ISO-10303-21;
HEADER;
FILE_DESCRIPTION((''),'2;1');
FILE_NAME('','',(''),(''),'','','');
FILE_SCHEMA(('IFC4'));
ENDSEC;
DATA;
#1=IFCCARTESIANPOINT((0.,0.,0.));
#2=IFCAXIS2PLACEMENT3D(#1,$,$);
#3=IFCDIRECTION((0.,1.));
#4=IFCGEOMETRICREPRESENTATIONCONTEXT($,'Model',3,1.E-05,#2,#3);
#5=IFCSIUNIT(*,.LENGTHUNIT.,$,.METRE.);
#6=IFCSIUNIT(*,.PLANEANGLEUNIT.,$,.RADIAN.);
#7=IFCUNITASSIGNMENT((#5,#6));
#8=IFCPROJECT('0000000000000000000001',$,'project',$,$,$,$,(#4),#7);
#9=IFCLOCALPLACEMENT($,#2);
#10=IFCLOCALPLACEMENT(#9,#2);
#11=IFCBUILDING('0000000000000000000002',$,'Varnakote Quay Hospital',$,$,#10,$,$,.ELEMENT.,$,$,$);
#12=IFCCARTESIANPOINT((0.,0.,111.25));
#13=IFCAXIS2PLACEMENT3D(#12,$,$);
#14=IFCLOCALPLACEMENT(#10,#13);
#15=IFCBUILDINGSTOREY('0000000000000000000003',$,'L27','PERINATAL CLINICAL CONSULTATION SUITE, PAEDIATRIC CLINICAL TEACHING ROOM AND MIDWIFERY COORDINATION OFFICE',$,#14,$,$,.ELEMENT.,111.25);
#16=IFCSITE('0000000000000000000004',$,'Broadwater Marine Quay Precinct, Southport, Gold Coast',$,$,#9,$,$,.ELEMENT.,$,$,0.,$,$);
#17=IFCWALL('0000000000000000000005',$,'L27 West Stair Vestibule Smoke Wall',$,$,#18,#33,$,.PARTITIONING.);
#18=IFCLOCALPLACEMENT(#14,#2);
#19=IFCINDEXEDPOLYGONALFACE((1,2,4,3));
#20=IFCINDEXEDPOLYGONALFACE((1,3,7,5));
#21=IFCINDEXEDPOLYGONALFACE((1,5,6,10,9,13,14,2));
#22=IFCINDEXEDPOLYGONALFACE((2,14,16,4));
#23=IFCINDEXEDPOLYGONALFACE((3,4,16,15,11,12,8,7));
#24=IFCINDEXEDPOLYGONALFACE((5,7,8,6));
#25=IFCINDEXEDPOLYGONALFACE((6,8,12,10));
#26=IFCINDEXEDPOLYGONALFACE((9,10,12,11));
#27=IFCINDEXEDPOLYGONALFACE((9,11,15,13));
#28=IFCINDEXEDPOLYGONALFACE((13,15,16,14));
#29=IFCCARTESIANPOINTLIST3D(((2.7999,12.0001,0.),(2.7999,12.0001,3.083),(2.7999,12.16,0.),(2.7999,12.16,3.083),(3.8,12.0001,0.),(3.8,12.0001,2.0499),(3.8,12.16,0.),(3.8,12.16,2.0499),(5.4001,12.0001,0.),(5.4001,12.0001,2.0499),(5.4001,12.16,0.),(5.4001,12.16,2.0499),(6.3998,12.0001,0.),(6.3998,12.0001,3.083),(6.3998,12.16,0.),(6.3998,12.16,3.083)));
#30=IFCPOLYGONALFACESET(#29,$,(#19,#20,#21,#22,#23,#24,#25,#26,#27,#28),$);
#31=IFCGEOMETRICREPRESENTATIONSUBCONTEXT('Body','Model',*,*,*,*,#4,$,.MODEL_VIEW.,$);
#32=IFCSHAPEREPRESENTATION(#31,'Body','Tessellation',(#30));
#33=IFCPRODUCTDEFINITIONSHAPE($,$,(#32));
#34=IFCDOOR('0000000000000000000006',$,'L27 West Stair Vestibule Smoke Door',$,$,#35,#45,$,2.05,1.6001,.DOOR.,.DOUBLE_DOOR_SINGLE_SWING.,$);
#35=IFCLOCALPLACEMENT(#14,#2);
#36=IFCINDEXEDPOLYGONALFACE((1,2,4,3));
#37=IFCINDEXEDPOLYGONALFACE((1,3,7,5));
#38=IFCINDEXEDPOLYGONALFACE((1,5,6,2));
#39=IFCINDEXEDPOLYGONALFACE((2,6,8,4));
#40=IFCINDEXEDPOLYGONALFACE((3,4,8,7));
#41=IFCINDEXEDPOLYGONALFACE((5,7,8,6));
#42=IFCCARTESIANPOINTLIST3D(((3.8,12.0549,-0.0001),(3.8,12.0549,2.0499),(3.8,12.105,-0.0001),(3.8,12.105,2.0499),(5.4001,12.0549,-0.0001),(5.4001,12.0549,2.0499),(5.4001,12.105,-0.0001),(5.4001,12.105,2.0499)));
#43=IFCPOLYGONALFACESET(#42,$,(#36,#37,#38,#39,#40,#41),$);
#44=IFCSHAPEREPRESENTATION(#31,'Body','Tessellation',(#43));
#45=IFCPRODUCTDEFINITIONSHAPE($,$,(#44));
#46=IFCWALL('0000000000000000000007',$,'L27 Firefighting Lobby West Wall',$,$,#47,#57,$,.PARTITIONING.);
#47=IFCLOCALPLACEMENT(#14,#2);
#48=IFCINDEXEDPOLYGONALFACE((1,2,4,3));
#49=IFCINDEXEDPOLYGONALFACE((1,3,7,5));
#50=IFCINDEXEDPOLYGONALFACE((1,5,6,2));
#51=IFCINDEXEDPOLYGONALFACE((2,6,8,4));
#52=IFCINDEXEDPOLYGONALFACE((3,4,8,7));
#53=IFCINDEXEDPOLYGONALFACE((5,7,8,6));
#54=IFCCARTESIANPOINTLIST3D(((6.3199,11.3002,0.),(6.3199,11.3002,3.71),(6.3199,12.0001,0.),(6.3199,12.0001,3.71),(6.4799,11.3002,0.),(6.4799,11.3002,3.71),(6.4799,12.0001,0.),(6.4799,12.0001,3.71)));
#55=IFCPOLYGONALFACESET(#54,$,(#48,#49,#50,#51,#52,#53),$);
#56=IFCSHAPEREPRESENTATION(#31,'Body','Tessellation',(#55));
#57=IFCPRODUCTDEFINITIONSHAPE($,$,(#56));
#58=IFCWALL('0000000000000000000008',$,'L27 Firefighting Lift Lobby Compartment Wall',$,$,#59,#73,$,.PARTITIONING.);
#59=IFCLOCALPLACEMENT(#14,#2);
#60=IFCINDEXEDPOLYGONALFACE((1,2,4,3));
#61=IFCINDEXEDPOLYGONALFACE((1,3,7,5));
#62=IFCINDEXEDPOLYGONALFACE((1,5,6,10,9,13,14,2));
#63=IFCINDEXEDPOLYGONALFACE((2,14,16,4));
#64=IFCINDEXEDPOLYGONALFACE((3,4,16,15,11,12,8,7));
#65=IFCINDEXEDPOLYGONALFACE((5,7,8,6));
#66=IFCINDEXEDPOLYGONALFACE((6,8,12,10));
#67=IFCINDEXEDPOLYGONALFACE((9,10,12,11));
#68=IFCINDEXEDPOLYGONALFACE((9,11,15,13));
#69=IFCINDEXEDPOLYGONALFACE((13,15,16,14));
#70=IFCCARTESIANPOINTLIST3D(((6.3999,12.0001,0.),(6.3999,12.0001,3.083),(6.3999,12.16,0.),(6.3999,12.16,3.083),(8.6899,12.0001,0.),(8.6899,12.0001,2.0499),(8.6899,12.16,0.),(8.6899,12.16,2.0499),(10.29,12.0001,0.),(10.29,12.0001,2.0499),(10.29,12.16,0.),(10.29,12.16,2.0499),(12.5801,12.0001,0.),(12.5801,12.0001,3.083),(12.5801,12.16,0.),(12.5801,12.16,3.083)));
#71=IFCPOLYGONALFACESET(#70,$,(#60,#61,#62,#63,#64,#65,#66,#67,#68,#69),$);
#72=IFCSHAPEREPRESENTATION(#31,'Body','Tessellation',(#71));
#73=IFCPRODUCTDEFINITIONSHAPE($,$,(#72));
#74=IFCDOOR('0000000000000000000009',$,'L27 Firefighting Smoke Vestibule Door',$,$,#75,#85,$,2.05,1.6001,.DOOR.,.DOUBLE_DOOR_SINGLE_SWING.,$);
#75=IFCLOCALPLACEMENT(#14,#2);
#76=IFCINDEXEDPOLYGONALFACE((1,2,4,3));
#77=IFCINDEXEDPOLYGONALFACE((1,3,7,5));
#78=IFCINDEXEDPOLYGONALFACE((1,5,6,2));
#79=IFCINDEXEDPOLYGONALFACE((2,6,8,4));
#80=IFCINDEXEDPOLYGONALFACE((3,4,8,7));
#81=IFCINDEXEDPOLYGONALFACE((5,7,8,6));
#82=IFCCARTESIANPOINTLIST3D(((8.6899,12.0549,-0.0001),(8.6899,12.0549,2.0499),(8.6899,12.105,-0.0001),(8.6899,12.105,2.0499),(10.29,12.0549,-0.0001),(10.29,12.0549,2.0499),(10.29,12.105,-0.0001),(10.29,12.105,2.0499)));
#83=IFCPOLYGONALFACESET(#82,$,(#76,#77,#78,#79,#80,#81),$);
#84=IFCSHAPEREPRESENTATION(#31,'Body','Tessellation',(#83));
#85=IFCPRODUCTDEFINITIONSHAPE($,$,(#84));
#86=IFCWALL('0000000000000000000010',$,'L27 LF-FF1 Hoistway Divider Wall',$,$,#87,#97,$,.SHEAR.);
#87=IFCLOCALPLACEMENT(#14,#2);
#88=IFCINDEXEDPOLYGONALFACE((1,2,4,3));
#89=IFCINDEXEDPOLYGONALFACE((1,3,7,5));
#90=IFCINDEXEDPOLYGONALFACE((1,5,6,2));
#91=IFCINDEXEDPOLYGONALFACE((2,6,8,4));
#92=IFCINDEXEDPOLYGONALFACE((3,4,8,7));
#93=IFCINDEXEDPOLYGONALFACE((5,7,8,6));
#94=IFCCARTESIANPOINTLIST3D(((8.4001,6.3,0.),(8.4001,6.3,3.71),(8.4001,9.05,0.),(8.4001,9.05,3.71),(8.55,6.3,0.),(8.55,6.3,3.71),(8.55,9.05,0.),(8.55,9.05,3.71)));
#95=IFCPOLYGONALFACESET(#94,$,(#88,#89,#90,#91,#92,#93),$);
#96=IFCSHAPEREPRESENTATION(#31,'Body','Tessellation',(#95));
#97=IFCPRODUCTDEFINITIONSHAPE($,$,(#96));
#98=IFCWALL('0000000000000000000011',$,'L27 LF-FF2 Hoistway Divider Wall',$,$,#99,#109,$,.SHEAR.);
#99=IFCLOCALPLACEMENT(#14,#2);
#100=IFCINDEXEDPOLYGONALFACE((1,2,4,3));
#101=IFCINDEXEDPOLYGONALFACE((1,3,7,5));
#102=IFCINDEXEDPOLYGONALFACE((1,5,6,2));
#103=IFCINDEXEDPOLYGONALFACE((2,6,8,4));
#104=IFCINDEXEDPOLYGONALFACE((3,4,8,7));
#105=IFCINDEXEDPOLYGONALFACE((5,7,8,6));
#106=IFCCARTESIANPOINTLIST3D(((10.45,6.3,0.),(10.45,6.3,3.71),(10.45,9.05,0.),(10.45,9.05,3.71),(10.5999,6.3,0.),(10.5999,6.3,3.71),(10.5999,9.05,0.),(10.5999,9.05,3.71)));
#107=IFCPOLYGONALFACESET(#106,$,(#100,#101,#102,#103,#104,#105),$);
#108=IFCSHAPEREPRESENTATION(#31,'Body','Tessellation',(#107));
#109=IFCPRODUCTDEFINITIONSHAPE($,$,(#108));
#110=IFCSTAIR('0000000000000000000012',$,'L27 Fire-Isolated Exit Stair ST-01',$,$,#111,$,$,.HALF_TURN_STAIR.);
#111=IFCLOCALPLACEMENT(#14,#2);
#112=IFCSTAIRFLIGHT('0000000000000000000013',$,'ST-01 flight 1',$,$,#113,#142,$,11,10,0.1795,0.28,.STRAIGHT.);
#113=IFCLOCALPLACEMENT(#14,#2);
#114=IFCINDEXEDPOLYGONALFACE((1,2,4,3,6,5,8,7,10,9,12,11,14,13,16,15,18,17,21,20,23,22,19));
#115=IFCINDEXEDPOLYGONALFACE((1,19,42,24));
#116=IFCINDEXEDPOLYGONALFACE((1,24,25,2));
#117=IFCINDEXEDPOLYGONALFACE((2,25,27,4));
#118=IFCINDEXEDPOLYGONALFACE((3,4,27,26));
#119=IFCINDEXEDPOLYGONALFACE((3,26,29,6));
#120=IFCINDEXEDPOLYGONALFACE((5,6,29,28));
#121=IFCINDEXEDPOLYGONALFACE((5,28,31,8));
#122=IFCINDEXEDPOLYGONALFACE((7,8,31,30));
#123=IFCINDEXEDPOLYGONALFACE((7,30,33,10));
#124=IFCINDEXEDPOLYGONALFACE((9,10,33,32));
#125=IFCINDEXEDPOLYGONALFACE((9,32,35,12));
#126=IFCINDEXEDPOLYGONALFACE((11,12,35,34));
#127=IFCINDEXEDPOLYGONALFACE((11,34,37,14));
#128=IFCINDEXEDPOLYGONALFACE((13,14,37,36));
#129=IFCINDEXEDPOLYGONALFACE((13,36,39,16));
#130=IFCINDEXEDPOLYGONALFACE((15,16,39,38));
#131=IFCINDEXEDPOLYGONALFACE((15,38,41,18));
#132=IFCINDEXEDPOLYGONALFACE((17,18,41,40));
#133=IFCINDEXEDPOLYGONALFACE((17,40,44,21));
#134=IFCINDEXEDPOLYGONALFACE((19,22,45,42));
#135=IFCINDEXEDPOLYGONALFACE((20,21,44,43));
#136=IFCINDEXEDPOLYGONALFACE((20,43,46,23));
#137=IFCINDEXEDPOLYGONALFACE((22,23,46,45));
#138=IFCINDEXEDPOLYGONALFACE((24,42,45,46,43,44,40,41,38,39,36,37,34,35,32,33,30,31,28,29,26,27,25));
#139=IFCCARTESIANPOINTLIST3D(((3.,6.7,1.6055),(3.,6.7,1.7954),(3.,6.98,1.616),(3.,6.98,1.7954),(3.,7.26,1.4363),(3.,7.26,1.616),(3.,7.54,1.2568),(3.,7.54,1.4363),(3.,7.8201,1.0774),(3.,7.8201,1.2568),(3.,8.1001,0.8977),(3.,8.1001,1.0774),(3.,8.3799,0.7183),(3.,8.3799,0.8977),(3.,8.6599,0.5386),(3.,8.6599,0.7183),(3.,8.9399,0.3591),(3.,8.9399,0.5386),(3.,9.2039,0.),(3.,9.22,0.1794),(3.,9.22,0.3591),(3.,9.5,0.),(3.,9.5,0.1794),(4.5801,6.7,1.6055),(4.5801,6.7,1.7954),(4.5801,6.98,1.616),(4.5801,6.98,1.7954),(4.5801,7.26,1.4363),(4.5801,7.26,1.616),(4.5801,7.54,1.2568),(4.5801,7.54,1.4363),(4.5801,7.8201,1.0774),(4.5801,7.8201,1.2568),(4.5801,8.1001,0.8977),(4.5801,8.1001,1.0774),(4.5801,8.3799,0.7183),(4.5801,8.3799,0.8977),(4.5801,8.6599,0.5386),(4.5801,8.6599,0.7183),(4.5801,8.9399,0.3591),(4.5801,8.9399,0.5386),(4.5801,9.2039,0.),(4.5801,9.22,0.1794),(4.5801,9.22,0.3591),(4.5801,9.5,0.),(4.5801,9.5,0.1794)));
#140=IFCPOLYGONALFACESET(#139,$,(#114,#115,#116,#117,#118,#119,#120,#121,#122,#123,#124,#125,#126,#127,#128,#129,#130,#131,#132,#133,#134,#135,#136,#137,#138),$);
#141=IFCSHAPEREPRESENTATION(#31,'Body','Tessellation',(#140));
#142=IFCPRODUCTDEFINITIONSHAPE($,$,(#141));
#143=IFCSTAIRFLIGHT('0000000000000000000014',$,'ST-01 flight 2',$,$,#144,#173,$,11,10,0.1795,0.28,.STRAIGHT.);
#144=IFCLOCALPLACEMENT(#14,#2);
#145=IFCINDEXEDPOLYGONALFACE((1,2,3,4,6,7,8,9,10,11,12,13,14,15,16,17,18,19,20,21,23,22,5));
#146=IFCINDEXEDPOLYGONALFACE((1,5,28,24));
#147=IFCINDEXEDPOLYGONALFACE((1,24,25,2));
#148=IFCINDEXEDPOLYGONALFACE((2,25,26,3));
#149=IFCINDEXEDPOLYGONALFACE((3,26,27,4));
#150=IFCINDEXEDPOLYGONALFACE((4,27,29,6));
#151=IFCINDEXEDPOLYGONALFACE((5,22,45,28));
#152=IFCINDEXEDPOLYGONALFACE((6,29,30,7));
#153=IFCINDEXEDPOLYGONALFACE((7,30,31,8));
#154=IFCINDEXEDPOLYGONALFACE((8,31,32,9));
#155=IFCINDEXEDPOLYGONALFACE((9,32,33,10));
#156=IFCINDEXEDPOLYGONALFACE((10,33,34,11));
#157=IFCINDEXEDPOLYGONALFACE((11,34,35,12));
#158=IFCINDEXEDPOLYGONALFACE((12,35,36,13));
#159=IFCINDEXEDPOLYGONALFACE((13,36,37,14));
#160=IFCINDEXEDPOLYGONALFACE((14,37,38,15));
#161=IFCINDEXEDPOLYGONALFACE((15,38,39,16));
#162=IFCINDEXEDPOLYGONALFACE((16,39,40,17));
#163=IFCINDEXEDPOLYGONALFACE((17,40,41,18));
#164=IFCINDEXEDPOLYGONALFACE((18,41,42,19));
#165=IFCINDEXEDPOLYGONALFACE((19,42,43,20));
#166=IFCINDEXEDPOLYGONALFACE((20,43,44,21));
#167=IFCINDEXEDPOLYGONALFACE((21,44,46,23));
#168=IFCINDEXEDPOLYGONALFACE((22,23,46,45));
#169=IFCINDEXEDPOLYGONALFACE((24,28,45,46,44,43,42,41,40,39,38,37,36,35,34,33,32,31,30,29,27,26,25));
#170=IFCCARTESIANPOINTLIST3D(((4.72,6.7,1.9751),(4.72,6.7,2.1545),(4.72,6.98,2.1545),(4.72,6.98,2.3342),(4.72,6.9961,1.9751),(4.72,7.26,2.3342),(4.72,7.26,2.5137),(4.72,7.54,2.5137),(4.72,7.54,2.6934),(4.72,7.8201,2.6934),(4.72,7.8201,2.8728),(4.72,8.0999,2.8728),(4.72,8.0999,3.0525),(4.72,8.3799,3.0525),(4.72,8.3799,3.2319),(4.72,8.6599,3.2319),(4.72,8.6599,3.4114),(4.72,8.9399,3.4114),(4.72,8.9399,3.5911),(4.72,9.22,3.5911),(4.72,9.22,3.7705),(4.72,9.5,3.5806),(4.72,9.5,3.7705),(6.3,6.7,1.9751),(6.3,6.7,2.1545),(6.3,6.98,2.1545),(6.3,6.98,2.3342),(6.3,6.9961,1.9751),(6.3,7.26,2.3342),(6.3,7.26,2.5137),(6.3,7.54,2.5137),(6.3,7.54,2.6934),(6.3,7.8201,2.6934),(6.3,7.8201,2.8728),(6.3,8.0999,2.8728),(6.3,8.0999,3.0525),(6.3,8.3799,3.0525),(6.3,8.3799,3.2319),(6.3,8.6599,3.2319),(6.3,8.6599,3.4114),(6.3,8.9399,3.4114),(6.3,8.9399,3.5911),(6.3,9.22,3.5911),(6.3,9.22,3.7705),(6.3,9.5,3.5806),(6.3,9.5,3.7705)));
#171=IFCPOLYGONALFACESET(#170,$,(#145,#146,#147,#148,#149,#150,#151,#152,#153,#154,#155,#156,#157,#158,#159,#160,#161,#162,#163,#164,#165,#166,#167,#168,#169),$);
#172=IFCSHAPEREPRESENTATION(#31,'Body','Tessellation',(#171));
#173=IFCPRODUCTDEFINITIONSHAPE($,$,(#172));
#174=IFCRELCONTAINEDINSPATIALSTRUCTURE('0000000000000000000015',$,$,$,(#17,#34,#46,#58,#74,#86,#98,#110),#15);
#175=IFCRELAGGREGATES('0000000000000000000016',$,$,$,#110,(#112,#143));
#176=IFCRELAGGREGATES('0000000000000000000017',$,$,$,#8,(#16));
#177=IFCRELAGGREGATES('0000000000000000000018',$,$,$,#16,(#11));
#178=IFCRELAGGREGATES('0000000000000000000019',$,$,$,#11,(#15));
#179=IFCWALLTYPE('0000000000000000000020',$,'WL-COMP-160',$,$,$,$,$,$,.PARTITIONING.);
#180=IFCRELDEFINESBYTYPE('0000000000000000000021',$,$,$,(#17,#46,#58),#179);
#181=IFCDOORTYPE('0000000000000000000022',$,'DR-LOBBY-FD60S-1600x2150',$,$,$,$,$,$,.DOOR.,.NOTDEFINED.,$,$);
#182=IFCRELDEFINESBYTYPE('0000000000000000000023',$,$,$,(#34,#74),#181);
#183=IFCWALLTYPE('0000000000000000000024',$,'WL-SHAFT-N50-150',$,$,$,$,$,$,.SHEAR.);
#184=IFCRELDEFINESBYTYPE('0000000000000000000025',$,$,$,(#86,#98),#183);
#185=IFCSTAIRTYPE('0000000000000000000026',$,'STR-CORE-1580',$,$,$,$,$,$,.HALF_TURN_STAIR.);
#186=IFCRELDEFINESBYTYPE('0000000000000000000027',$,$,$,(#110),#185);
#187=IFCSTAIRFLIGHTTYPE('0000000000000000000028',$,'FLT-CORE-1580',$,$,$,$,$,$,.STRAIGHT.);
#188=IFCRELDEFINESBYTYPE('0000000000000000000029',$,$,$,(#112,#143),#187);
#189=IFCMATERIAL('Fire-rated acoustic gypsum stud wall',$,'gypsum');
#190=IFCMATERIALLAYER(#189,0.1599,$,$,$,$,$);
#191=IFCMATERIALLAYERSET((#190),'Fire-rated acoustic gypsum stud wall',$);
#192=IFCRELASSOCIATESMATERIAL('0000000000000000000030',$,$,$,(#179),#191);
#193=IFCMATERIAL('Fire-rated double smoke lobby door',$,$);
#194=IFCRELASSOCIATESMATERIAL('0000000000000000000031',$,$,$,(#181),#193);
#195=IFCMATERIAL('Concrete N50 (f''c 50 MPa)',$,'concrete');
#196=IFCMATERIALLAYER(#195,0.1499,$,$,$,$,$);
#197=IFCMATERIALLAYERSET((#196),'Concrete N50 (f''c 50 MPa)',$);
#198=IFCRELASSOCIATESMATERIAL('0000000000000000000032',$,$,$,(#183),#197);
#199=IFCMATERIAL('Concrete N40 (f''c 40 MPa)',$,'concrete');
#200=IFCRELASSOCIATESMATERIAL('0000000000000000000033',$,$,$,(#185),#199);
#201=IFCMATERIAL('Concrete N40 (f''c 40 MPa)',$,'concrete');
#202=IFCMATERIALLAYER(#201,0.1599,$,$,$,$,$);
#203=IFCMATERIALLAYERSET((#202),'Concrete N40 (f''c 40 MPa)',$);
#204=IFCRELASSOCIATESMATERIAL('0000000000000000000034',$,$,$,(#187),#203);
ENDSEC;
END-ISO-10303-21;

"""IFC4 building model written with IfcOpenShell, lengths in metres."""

from ifc_helpers import new_model, si_unit, direction, frame, frame_2d, origin, place, context, subcontext, project, spatial, polyline, rectangle, outline, extrude, material, layer, layer_set, type_object, element, fill, aggregate, save


model = new_model("IFC4")

# Units and contexts
model_context = context("Model", 3, precision=1e-05, world=origin(), true_north=direction((0.0, 1.0)))
body_context = subcontext(model_context, "Body", "Model", "MODEL_VIEW")
ifc_project = project(units=[si_unit("LENGTHUNIT", "METRE"), si_unit("PLANEANGLEUNIT", "RADIAN")], contexts=[model_context])

# Site, building, storey
site_placement = place(None, origin())
site = spatial("IfcSite", under=ifc_project, at=site_placement, Name="Broadwater Marine Quay Precinct, Southport, Gold Coast", CompositionType="ELEMENT", RefElevation=0.0)
building_placement = place(site_placement, origin())
building = spatial("IfcBuilding", under=site, at=building_placement, Name="Varnakote Quay Hospital", CompositionType="ELEMENT")
storey_placement = place(building_placement, frame((0.0, 0.0, 111.25)))
storey = spatial("IfcBuildingStorey", under=building, at=storey_placement, Name="L27", Description="PERINATAL CLINICAL CONSULTATION SUITE, PAEDIATRIC CLINICAL TEACHING ROOM AND MIDWIFERY COORDINATION OFFICE", CompositionType="ELEMENT", Elevation=111.25)

# Shared definitions
ifc_material_1 = material(Name="Fire-rated acoustic gypsum stud wall", Category="gypsum")
ifc_layer_1 = layer(ifc_material_1, 0.1599)
ifc_layer_set_1 = layer_set([ifc_layer_1], Name="Fire-rated acoustic gypsum stud wall")
wall_type_1 = type_object("IfcWallType", Name="WL-COMP-160", PredefinedType="PARTITIONING", material=ifc_layer_set_1)

# Wall, opening, door
wall_1_placement = place(storey_placement, frame((2.8, 12.0801, 0.0), z_axis=(0.0, 0.0, 1.0), x_axis=(1.0, 0.0, 0.0)))
wall_1 = element("IfcWall", 1, at=wall_1_placement, inside=storey, type_object=wall_type_1, Name="L27 West Stair Vestibule Smoke Wall", PredefinedType="PARTITIONING", context=body_context, shape_type="SweptSolid", body=[
    extrude(rectangle(XDim=3.5999, YDim=0.1599, at=frame_2d((1.7998, 0.0))), origin(), (0.0, 0.0, 1.0), 3.083),
])
opening_1_placement = place(wall_1_placement, frame((1.0, 0.0, 0.0)))
opening_1 = element("IfcOpeningElement", 2, at=opening_1_placement, cuts=wall_1, PredefinedType="OPENING", context=body_context, shape_type="SweptSolid", body=[
    extrude(rectangle(XDim=1.6001, YDim=2.05, at=frame_2d((0.8, 1.0249))), frame((0.0, 0.0898, 0.0), z_axis=(0.0, -1.0, 0.0), x_axis=(1.0, 0.0, 0.0)), (0.0, 0.0, 1.0), 0.1799),
])
ifc_material_2 = material(Name="Fire-rated double smoke lobby door")
door_type_1 = type_object("IfcDoorType", Name="DR-LOBBY-FD60S-1600x2150", OperationType="NOTDEFINED", PredefinedType="DOOR", material=ifc_material_2)
door_1_placement = place(opening_1_placement, origin())
door_1 = element("IfcDoor", 3, at=door_1_placement, inside=storey, type_object=door_type_1, Name="L27 West Stair Vestibule Smoke Door", OperationType="DOUBLE_DOOR_SINGLE_SWING", OverallHeight=2.05, OverallWidth=1.6001, PredefinedType="DOOR", context=body_context, shape_type="SweptSolid", body=[
    extrude(rectangle(XDim=1.6001, YDim=2.05, at=frame_2d((0.8, 1.0249))), frame((0.0, 0.0249, 0.0), z_axis=(0.0, -1.0, 0.0), x_axis=(1.0, 0.0, 0.0)), (0.0, 0.0, 1.0), 0.05),
])
fill(opening_1, door_1)

# Wall
wall_2_placement = place(storey_placement, frame((6.3999, 11.3, 0.0), z_axis=(0.0, 0.0, 1.0), x_axis=(0.0, 1.0, 0.0)))
element("IfcWall", 4, at=wall_2_placement, inside=storey, type_object=wall_type_1, Name="L27 Firefighting Lobby West Wall", PredefinedType="PARTITIONING", context=body_context, shape_type="SweptSolid", body=[
    extrude(rectangle(XDim=0.7, YDim=0.1599, at=frame_2d((0.3501, 0.0))), origin(), (0.0, 0.0, 1.0), 3.71),
])

# Wall, opening, door
wall_3_placement = place(storey_placement, frame((6.3999, 12.0801, 0.0), z_axis=(0.0, 0.0, 1.0), x_axis=(1.0, 0.0, 0.0)))
wall_3 = element("IfcWall", 5, at=wall_3_placement, inside=storey, type_object=wall_type_1, Name="L27 Firefighting Lift Lobby Compartment Wall", PredefinedType="PARTITIONING", context=body_context, shape_type="SweptSolid", body=[
    extrude(rectangle(XDim=6.1802, YDim=0.1599, at=frame_2d((3.0901, 0.0))), origin(), (0.0, 0.0, 1.0), 3.083),
])
opening_2_placement = place(wall_3_placement, frame((2.29, 0.0, 0.0)))
opening_2 = element("IfcOpeningElement", 6, at=opening_2_placement, cuts=wall_3, PredefinedType="OPENING", context=body_context, shape_type="SweptSolid", body=[
    extrude(rectangle(XDim=1.6001, YDim=2.05, at=frame_2d((0.8, 1.0249))), frame((0.0, 0.0898, 0.0), z_axis=(0.0, -1.0, 0.0), x_axis=(1.0, 0.0, 0.0)), (0.0, 0.0, 1.0), 0.1799),
])
door_2_placement = place(opening_2_placement, origin())
door_2 = element("IfcDoor", 7, at=door_2_placement, inside=storey, type_object=door_type_1, Name="L27 Firefighting Smoke Vestibule Door", OperationType="DOUBLE_DOOR_SINGLE_SWING", OverallHeight=2.05, OverallWidth=1.6001, PredefinedType="DOOR", context=body_context, shape_type="SweptSolid", body=[
    extrude(rectangle(XDim=1.6001, YDim=2.05, at=frame_2d((0.8, 1.0249))), frame((0.0, 0.0249, 0.0), z_axis=(0.0, -1.0, 0.0), x_axis=(1.0, 0.0, 0.0)), (0.0, 0.0, 1.0), 0.05),
])
fill(opening_2, door_2)

# Walls
ifc_material_3 = material(Name="Concrete N50 (f'c 50 MPa)", Category="concrete")
ifc_layer_2 = layer(ifc_material_3, 0.1499)
ifc_layer_set_2 = layer_set([ifc_layer_2], Name="Concrete N50 (f'c 50 MPa)")
wall_type_2 = type_object("IfcWallType", Name="WL-SHAFT-N50-150", PredefinedType="SHEAR", material=ifc_layer_set_2)
for number, where, z_axis, x_axis, name in (
    (8, (8.4751, 6.3, 0.0), (0.0, 0.0, 1.0), (0.0, 1.0, 0.0), "L27 LF-FF1 Hoistway Divider Wall"),
    (9, (10.5249, 6.3, 0.0), (0.0, 0.0, 1.0), (0.0, 1.0, 0.0), "L27 LF-FF2 Hoistway Divider Wall"),
):
    element("IfcWall", number, at=place(storey_placement, frame(where, z_axis=z_axis, x_axis=x_axis)), inside=storey, type_object=wall_type_2, Name=name, PredefinedType="SHEAR", context=body_context, shape_type="SweptSolid", body=[
        extrude(rectangle(XDim=2.75, YDim=0.1499, at=frame_2d((1.375, 0.0))), origin(), (0.0, 0.0, 1.0), 3.71),
    ])

# Stair, stair flights
ifc_material_4 = material(Name="Concrete N40 (f'c 40 MPa)", Category="concrete")
stair_type = type_object("IfcStairType", Name="STR-CORE-1580", PredefinedType="HALF_TURN_STAIR", material=ifc_material_4)
stair_placement = place(storey_placement, origin())
stair = element("IfcStair", 10, at=stair_placement, inside=storey, type_object=stair_type, Name="L27 Fire-Isolated Exit Stair ST-01", PredefinedType="HALF_TURN_STAIR")
ifc_material_5 = material(Name="Concrete N40 (f'c 40 MPa)", Category="concrete")
ifc_layer_3 = layer(ifc_material_5, 0.1599)
ifc_layer_set_3 = layer_set([ifc_layer_3], Name="Concrete N40 (f'c 40 MPa)")
stair_flight_type = type_object("IfcStairFlightType", Name="FLT-CORE-1580", PredefinedType="STRAIGHT", material=ifc_layer_set_3)
stair_flight_1_placement = place(storey_placement, frame((3.79, 9.5, 0.0), z_axis=(0.0, 0.0, 1.0), x_axis=(0.0, -1.0, 0.0)))
stair_flight_1 = element("IfcStairFlight", 11, at=stair_flight_1_placement, type_object=stair_flight_type, Name="ST-01 flight 1", NumberOfRisers=11, NumberOfTreads=10, PredefinedType="STRAIGHT", RiserHeight=0.1795, TreadLength=0.28, context=body_context, shape_type="SweptSolid", body=[
    extrude(outline(polyline([(0.0, 0.0), (0.0, 0.1794), (0.28, 0.1794), (0.28, 0.3591), (0.5601, 0.3591), (0.5601, 0.5386), (0.8401, 0.5386), (0.8401, 0.7183), (1.1201, 0.7183), (1.1201, 0.8977), (1.3999, 0.8977), (1.3999, 1.0774), (1.6799, 1.0774), (1.6799, 1.2568), (1.96, 1.2568), (1.96, 1.4363), (2.24, 1.4363), (2.24, 1.616), (2.52, 1.616), (2.52, 1.7954), (2.8, 1.7954), (2.8, 1.9751), (2.8, 1.6055), (0.2961, 0.0), (0.0, 0.0)])), frame((0.0, 0.79, 0.0), z_axis=(0.0, -1.0, 0.0), x_axis=(1.0, 0.0, 0.0)), (0.0, 0.0, 1.0), 1.5801),
])
stair_flight_2_placement = place(storey_placement, frame((5.51, 6.7, 1.9751), z_axis=(0.0, 0.0, 1.0), x_axis=(0.0, 1.0, 0.0)))
stair_flight_2 = element("IfcStairFlight", 12, at=stair_flight_2_placement, type_object=stair_flight_type, Name="ST-01 flight 2", NumberOfRisers=11, NumberOfTreads=10, PredefinedType="STRAIGHT", RiserHeight=0.1795, TreadLength=0.28, context=body_context, shape_type="SweptSolid", body=[
    extrude(outline(polyline([(0.0, 0.0), (0.0, 0.1794), (0.28, 0.1794), (0.28, 0.3591), (0.5601, 0.3591), (0.5601, 0.5386), (0.8401, 0.5386), (0.8401, 0.7183), (1.1201, 0.7183), (1.1201, 0.8977), (1.3999, 0.8977), (1.3999, 1.0774), (1.6799, 1.0774), (1.6799, 1.2568), (1.96, 1.2568), (1.96, 1.4363), (2.24, 1.4363), (2.24, 1.616), (2.52, 1.616), (2.52, 1.7954), (2.8, 1.7954), (2.8, 1.9751), (2.8, 1.6055), (0.2961, 0.0), (0.0, 0.0)])), frame((0.0, 0.79, 0.0), z_axis=(0.0, -1.0, 0.0), x_axis=(1.0, 0.0, 0.0)), (0.0, 0.0, 1.0), 1.5801),
])
aggregate(stair, [stair_flight_1, stair_flight_2])

save(model, "model.ifc")
